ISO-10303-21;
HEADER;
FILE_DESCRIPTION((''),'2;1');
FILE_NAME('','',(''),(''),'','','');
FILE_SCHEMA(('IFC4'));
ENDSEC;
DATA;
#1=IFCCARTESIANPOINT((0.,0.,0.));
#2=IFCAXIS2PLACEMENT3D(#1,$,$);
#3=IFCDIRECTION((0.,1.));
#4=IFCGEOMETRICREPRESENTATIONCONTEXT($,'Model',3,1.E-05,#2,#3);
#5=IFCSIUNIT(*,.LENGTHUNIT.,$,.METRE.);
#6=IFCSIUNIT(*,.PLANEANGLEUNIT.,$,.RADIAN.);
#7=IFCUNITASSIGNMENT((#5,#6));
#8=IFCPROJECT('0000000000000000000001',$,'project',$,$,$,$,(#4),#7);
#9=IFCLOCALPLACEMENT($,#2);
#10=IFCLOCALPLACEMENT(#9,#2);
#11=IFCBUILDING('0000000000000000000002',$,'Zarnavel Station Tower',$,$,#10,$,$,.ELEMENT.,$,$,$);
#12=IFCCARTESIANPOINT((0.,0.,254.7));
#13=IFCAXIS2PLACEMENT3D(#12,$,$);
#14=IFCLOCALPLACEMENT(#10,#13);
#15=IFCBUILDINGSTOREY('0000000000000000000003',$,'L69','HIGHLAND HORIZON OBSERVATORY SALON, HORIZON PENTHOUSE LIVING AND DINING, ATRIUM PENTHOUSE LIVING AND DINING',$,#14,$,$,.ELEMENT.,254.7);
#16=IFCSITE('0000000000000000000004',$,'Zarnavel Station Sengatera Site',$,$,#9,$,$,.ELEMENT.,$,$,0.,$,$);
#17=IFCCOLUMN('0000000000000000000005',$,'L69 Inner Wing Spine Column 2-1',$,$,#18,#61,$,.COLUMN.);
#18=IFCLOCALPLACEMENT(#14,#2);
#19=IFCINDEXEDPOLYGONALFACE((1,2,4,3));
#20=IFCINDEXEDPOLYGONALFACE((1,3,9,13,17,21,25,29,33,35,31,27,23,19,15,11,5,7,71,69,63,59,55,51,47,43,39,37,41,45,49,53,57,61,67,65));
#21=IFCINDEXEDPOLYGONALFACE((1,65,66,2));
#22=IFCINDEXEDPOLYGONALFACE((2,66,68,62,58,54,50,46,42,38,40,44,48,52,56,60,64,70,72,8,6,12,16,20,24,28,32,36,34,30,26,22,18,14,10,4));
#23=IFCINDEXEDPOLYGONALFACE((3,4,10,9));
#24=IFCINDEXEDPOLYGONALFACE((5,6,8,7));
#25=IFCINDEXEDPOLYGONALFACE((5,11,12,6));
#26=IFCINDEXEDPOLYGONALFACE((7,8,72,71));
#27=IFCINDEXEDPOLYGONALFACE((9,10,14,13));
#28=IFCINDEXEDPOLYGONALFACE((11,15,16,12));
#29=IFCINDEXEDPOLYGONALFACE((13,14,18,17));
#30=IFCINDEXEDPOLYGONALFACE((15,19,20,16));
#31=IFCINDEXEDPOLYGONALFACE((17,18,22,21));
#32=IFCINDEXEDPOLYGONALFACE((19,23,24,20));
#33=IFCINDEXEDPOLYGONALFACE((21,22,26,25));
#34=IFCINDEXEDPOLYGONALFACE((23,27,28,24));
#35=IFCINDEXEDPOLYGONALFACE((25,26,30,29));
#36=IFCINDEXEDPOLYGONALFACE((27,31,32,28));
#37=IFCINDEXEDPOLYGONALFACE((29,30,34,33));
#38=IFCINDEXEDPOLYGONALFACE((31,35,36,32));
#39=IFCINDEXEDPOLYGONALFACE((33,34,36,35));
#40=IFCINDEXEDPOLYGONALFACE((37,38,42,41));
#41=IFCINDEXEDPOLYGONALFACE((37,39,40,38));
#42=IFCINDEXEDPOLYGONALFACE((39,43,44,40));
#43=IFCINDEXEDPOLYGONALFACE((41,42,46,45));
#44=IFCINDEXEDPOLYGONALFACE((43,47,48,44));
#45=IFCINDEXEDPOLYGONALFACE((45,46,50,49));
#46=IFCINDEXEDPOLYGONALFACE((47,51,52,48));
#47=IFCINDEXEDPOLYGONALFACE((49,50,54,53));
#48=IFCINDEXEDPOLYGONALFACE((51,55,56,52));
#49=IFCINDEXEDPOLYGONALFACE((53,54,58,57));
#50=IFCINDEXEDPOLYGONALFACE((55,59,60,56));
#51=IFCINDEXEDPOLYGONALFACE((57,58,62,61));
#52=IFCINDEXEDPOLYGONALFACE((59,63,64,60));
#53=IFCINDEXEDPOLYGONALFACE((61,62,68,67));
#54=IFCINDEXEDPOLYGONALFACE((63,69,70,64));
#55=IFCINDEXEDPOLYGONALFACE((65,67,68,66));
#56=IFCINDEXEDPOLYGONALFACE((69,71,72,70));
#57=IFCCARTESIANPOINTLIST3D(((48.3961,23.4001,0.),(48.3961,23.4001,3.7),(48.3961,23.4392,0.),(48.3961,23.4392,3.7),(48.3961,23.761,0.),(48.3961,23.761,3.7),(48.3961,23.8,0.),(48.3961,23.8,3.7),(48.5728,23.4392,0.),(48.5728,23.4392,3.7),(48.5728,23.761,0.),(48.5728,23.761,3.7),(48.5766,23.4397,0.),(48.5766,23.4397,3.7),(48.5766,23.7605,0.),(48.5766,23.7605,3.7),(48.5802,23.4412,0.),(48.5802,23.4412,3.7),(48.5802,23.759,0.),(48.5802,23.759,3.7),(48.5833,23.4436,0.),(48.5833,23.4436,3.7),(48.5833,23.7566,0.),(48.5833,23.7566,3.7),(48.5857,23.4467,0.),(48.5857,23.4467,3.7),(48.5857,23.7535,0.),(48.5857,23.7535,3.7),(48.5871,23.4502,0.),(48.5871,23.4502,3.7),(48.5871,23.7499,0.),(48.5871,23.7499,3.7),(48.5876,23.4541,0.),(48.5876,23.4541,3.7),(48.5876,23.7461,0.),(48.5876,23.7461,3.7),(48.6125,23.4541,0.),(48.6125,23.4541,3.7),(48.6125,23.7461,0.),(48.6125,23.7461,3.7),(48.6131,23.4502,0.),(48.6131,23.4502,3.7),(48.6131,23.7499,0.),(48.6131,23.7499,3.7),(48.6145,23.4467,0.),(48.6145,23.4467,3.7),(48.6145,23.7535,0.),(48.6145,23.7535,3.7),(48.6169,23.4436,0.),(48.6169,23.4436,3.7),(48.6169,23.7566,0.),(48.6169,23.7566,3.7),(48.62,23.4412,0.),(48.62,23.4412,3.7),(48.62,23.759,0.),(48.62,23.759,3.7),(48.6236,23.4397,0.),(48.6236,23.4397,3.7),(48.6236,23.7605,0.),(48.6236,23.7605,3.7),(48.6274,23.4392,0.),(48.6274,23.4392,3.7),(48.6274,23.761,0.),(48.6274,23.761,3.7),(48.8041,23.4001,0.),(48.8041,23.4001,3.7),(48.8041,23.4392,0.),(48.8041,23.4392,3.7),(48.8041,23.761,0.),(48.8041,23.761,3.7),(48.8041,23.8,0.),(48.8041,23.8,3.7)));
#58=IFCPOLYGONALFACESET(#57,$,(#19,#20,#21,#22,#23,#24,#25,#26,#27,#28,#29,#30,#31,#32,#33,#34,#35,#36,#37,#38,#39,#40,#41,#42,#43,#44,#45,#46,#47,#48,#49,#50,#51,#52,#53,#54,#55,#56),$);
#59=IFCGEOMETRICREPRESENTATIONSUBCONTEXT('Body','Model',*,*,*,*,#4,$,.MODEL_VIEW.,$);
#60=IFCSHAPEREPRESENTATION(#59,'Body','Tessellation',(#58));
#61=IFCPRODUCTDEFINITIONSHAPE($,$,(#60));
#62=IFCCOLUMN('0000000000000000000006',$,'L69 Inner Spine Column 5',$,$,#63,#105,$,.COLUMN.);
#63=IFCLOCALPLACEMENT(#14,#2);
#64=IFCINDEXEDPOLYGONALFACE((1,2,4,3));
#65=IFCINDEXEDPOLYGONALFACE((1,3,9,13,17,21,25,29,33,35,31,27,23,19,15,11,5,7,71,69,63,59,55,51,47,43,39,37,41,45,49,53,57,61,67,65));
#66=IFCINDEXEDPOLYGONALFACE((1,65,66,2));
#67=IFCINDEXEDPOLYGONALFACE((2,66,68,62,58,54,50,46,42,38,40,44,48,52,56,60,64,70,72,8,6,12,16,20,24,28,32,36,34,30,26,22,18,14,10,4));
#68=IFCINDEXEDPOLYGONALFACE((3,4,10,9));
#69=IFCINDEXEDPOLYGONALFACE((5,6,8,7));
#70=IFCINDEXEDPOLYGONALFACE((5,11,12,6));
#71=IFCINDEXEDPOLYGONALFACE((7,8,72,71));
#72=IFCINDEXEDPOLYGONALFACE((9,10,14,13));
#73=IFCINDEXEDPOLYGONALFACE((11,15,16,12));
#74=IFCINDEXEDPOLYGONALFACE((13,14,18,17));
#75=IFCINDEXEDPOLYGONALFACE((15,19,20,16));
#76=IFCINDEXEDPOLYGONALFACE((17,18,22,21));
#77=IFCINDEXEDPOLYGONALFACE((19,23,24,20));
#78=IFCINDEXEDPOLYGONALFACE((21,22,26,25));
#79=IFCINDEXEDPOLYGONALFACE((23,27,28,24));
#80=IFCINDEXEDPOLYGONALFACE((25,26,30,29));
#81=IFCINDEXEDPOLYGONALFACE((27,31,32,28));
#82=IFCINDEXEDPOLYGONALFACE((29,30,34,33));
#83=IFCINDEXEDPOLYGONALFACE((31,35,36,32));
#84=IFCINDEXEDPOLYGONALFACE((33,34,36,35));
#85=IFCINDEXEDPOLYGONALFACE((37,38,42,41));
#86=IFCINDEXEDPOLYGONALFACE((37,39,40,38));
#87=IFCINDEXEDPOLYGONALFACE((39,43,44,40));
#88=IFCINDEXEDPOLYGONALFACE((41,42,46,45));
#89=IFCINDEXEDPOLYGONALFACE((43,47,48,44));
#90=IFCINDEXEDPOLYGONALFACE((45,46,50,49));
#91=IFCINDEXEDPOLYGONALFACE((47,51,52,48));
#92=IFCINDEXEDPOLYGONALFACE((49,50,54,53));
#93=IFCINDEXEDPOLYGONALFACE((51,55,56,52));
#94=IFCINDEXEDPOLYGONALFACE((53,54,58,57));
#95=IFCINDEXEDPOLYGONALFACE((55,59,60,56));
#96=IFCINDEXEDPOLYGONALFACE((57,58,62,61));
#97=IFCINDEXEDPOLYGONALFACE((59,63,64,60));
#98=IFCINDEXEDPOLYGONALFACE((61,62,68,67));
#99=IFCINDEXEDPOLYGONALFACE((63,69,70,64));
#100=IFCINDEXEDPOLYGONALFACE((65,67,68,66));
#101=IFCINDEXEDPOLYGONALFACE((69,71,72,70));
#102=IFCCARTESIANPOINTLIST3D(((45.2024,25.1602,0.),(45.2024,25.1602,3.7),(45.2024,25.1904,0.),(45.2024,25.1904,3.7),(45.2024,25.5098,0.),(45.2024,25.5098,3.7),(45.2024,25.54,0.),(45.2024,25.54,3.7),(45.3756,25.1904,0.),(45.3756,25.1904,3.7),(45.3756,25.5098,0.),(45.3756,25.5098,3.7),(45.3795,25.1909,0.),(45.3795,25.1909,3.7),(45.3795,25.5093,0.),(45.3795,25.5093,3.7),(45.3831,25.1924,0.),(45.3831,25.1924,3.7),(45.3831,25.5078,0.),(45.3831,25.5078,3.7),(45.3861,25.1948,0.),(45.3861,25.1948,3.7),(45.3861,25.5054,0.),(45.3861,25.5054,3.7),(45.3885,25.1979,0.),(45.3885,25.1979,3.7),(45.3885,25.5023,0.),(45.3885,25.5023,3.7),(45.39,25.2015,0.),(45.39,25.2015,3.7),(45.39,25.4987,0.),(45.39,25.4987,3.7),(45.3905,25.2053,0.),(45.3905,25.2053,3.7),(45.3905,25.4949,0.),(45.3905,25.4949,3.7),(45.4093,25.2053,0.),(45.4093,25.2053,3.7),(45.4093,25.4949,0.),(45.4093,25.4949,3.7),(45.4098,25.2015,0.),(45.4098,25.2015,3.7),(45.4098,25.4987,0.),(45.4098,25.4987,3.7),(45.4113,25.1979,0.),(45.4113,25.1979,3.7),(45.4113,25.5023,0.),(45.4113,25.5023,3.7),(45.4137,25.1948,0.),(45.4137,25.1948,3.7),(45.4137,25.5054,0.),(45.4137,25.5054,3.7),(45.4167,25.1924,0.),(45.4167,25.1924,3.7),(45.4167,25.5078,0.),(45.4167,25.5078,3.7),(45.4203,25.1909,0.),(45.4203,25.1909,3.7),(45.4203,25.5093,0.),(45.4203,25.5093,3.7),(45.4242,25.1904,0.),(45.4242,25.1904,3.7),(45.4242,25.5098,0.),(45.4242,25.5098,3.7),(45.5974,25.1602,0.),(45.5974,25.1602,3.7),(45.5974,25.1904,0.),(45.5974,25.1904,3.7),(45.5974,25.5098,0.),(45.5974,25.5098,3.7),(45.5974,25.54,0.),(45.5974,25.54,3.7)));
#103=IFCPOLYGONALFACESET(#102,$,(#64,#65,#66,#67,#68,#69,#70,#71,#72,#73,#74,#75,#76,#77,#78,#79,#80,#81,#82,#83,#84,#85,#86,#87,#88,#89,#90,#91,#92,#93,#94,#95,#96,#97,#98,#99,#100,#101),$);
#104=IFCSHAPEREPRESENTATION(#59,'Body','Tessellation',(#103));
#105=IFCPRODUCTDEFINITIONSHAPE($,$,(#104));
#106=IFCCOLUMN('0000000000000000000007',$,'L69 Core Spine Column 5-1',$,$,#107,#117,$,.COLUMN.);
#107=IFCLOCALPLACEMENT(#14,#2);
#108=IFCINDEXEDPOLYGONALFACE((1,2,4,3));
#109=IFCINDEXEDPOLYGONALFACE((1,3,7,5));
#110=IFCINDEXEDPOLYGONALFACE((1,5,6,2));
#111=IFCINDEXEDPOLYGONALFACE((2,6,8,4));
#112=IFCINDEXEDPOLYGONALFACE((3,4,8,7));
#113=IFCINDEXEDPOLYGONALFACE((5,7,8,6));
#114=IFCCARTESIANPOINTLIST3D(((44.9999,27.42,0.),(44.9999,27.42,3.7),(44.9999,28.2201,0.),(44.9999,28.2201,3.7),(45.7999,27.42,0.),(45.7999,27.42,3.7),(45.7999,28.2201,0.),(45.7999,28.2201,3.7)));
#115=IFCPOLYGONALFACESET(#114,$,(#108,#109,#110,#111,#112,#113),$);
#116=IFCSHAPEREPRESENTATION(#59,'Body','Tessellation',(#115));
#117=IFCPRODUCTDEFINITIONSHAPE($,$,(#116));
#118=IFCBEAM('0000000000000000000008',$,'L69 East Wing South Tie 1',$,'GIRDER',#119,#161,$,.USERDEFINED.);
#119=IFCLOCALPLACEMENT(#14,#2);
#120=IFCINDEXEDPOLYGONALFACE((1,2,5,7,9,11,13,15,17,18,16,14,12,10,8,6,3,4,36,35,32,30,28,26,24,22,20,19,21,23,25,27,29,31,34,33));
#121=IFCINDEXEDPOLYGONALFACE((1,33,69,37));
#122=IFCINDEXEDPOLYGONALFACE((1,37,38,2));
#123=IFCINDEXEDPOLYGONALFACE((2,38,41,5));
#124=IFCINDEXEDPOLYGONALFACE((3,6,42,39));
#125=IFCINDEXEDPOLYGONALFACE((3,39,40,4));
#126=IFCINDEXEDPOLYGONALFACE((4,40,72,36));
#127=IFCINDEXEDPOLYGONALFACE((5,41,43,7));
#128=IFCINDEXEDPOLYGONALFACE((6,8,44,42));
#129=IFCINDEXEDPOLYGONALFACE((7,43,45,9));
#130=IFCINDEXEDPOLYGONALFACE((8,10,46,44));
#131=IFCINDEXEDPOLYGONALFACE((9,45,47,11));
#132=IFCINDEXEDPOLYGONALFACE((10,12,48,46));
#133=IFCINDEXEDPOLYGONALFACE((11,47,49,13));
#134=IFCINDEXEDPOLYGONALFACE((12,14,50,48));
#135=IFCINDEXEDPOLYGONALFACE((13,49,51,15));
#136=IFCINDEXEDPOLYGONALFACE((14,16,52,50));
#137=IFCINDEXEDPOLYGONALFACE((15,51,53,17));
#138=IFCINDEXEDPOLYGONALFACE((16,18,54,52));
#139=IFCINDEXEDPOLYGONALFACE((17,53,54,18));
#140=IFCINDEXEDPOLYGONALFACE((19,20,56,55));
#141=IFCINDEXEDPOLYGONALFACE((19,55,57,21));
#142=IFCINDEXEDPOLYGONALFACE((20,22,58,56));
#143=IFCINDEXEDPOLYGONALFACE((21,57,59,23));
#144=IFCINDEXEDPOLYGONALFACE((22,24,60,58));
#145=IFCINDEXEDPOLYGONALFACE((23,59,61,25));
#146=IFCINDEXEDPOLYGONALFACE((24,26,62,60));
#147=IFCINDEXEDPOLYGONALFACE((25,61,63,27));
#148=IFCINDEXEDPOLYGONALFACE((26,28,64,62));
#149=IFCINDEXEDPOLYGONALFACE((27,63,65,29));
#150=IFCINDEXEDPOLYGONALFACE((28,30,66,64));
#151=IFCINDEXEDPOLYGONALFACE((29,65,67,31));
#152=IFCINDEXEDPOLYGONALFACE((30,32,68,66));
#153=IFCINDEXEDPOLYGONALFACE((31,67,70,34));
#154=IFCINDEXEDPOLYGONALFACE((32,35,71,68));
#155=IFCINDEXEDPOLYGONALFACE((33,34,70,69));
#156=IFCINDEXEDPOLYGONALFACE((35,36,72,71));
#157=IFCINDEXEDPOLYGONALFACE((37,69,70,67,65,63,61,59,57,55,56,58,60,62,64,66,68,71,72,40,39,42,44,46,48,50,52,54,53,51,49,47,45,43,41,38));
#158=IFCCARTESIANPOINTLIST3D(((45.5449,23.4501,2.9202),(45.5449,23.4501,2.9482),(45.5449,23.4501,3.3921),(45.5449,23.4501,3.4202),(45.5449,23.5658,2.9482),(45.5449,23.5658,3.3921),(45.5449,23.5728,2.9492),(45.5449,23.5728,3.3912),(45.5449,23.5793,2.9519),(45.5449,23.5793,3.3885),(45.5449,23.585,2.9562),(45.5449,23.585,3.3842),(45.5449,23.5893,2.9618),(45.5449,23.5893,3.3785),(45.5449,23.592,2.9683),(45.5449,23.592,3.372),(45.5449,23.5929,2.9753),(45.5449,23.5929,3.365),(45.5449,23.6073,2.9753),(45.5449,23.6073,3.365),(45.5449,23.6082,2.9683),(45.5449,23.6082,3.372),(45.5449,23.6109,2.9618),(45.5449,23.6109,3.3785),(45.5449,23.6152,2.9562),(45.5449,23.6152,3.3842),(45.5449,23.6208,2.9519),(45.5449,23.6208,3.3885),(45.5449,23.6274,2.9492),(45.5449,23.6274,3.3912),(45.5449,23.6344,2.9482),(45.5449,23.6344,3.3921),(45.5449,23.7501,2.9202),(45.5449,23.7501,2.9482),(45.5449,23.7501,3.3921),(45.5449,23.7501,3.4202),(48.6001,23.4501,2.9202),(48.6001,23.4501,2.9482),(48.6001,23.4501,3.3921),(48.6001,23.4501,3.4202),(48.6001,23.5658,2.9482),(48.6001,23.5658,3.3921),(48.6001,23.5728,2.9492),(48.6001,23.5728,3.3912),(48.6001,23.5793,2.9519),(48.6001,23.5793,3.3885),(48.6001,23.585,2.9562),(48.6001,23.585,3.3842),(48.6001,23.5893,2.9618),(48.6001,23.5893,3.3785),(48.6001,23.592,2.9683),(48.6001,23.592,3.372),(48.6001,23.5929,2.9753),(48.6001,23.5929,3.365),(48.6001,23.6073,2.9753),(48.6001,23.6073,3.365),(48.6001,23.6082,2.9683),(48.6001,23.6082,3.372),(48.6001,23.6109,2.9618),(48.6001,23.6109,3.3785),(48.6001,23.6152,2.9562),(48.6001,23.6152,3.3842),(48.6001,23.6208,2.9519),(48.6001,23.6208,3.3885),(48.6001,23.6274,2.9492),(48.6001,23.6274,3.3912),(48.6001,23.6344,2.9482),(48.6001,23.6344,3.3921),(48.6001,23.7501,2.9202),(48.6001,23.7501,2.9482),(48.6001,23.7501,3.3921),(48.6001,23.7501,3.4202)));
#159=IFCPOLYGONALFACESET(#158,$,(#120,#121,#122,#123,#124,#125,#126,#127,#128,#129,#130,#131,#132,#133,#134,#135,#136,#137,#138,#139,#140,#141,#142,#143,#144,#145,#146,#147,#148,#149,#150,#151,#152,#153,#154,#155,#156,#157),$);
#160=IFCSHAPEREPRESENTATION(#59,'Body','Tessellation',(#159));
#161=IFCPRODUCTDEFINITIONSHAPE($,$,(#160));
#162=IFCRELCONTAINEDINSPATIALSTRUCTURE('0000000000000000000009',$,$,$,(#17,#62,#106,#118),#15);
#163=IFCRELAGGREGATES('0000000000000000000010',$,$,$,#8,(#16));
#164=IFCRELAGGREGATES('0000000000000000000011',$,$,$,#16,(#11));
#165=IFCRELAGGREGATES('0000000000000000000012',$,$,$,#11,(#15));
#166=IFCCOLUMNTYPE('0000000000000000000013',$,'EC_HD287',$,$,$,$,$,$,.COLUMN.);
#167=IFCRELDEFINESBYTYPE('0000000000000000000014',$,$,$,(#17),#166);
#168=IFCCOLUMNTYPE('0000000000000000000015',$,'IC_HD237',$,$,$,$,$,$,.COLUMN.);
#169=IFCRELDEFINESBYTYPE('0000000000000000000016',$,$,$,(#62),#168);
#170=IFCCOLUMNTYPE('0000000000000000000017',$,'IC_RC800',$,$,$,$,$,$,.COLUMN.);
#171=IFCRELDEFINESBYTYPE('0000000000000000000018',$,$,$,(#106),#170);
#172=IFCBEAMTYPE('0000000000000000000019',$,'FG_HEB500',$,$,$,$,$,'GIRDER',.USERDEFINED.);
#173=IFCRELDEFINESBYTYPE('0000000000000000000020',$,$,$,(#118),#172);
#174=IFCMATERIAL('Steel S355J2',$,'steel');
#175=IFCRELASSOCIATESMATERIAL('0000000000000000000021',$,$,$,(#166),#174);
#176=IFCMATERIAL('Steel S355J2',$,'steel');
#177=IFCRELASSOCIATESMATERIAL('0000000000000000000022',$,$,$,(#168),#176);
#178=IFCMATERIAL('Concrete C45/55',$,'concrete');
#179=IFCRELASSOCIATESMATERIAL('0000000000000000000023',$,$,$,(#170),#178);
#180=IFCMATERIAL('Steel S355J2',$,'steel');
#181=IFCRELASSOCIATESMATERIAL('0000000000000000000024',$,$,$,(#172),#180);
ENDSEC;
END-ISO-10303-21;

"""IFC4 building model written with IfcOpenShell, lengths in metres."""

from ifc_helpers import new_model, si_unit, direction, frame, origin, origin_2d, place, context, subcontext, project, spatial, rectangle, i_section, extrude, material, material_profile, profile_set, type_object, element, save


model = new_model("IFC4")

# Units and contexts
model_context = context("Model", 3, precision=1e-05, world=origin(), true_north=direction((0.0, 1.0)))
body_context = subcontext(model_context, "Body", "Model", "MODEL_VIEW")
ifc_project = project(units=[si_unit("LENGTHUNIT", "METRE"), si_unit("PLANEANGLEUNIT", "RADIAN")], contexts=[model_context])

# Site, building, storey
site_placement = place(None, origin())
site = spatial("IfcSite", under=ifc_project, at=site_placement, Name="Zarnavel Station Sengatera Site", CompositionType="ELEMENT", RefElevation=0.0)
building_placement = place(site_placement, origin())
building = spatial("IfcBuilding", under=site, at=building_placement, Name="Zarnavel Station Tower", CompositionType="ELEMENT")
storey_placement = place(building_placement, frame((0.0, 0.0, 254.7)))
storey = spatial("IfcBuildingStorey", under=building, at=storey_placement, Name="L69", Description="HIGHLAND HORIZON OBSERVATORY SALON, HORIZON PENTHOUSE LIVING AND DINING, ATRIUM PENTHOUSE LIVING AND DINING", CompositionType="ELEMENT", Elevation=254.7)

# Columns
ifc_material_1 = material(Name="Steel S355J2", Category="steel")
ifc_material_profile_1 = material_profile(ifc_material_1, i_section(OverallWidth=0.408, OverallDepth=0.3999, WebThickness=0.0249, FlangeThickness=0.0391, FilletRadius=0.0149, at=origin_2d()), Name="HD400x287")
ifc_profile_set_1 = profile_set([ifc_material_profile_1], Name="Steel S355J2")
column_type_1 = type_object("IfcColumnType", Name="EC_HD287", PredefinedType="COLUMN", material=ifc_profile_set_1)
column_1_placement = place(storey_placement, frame((48.6001, 23.6001, 0.0), z_axis=(0.0, 0.0, 1.0), x_axis=(1.0, 0.0, 0.0)))
element("IfcColumn", 1, at=column_1_placement, inside=storey, type_object=column_type_1, Name="L69 Inner Wing Spine Column 2-1", PredefinedType="COLUMN", context=body_context, shape_type="SweptSolid", body=[
    extrude(i_section(OverallWidth=0.408, OverallDepth=0.3999, WebThickness=0.0249, FlangeThickness=0.0391, FilletRadius=0.0149, at=origin_2d()), origin(), (0.0, 0.0, 1.0), 3.7),
])
ifc_material_2 = material(Name="Steel S355J2", Category="steel")
ifc_material_profile_2 = material_profile(ifc_material_2, i_section(OverallWidth=0.395, OverallDepth=0.3799, WebThickness=0.0188, FlangeThickness=0.0303, FilletRadius=0.0149, at=origin_2d()), Name="HD400x237")
ifc_profile_set_2 = profile_set([ifc_material_profile_2], Name="Steel S355J2")
column_type_2 = type_object("IfcColumnType", Name="IC_HD237", PredefinedType="COLUMN", material=ifc_profile_set_2)
column_2_placement = place(storey_placement, frame((45.3999, 25.3501, 0.0), z_axis=(0.0, 0.0, 1.0), x_axis=(1.0, 0.0, 0.0)))
element("IfcColumn", 2, at=column_2_placement, inside=storey, type_object=column_type_2, Name="L69 Inner Spine Column 5", PredefinedType="COLUMN", context=body_context, shape_type="SweptSolid", body=[
    extrude(i_section(OverallWidth=0.395, OverallDepth=0.3799, WebThickness=0.0188, FlangeThickness=0.0303, FilletRadius=0.0149, at=origin_2d()), origin(), (0.0, 0.0, 1.0), 3.7),
])
ifc_material_3 = material(Name="Concrete C45/55", Category="concrete")
ifc_material_profile_3 = material_profile(ifc_material_3, rectangle(XDim=0.8, YDim=0.8, at=origin_2d()), Name="RC800x800")
ifc_profile_set_3 = profile_set([ifc_material_profile_3], Name="Concrete C45/55")
column_type_3 = type_object("IfcColumnType", Name="IC_RC800", PredefinedType="COLUMN", material=ifc_profile_set_3)
column_3_placement = place(storey_placement, frame((45.3999, 27.8201, 0.0), z_axis=(0.0, 0.0, 1.0), x_axis=(1.0, 0.0, 0.0)))
element("IfcColumn", 3, at=column_3_placement, inside=storey, type_object=column_type_3, Name="L69 Core Spine Column 5-1", PredefinedType="COLUMN", context=body_context, shape_type="SweptSolid", body=[
    extrude(rectangle(XDim=0.8, YDim=0.8, at=origin_2d()), origin(), (0.0, 0.0, 1.0), 3.7),
])

# Beam
ifc_material_4 = material(Name="Steel S355J2", Category="steel")
ifc_material_profile_4 = material_profile(ifc_material_4, i_section(OverallWidth=0.3, OverallDepth=0.5, WebThickness=0.0144, FlangeThickness=0.0281, FilletRadius=0.0271, at=origin_2d()), Name="HEB500")
ifc_profile_set_4 = profile_set([ifc_material_profile_4], Name="Steel S355J2")
beam_type_1 = type_object("IfcBeamType", Name="FG_HEB500", ElementType="GIRDER", PredefinedType="USERDEFINED", material=ifc_profile_set_4)
beam_1_placement = place(storey_placement, frame((45.5449, 23.6001, 3.1702), z_axis=(1.0, 0.0, 0.0), x_axis=(0.0, 1.0, 0.0)))
element("IfcBeam", 4, at=beam_1_placement, inside=storey, type_object=beam_type_1, Name="L69 East Wing South Tie 1", ObjectType="GIRDER", PredefinedType="USERDEFINED", context=body_context, shape_type="SweptSolid", body=[
    extrude(i_section(OverallWidth=0.3, OverallDepth=0.5, WebThickness=0.0144, FlangeThickness=0.0281, FilletRadius=0.0271, at=origin_2d()), origin(), (0.0, 0.0, 1.0), 3.0552),
])

save(model, "model.ifc")
